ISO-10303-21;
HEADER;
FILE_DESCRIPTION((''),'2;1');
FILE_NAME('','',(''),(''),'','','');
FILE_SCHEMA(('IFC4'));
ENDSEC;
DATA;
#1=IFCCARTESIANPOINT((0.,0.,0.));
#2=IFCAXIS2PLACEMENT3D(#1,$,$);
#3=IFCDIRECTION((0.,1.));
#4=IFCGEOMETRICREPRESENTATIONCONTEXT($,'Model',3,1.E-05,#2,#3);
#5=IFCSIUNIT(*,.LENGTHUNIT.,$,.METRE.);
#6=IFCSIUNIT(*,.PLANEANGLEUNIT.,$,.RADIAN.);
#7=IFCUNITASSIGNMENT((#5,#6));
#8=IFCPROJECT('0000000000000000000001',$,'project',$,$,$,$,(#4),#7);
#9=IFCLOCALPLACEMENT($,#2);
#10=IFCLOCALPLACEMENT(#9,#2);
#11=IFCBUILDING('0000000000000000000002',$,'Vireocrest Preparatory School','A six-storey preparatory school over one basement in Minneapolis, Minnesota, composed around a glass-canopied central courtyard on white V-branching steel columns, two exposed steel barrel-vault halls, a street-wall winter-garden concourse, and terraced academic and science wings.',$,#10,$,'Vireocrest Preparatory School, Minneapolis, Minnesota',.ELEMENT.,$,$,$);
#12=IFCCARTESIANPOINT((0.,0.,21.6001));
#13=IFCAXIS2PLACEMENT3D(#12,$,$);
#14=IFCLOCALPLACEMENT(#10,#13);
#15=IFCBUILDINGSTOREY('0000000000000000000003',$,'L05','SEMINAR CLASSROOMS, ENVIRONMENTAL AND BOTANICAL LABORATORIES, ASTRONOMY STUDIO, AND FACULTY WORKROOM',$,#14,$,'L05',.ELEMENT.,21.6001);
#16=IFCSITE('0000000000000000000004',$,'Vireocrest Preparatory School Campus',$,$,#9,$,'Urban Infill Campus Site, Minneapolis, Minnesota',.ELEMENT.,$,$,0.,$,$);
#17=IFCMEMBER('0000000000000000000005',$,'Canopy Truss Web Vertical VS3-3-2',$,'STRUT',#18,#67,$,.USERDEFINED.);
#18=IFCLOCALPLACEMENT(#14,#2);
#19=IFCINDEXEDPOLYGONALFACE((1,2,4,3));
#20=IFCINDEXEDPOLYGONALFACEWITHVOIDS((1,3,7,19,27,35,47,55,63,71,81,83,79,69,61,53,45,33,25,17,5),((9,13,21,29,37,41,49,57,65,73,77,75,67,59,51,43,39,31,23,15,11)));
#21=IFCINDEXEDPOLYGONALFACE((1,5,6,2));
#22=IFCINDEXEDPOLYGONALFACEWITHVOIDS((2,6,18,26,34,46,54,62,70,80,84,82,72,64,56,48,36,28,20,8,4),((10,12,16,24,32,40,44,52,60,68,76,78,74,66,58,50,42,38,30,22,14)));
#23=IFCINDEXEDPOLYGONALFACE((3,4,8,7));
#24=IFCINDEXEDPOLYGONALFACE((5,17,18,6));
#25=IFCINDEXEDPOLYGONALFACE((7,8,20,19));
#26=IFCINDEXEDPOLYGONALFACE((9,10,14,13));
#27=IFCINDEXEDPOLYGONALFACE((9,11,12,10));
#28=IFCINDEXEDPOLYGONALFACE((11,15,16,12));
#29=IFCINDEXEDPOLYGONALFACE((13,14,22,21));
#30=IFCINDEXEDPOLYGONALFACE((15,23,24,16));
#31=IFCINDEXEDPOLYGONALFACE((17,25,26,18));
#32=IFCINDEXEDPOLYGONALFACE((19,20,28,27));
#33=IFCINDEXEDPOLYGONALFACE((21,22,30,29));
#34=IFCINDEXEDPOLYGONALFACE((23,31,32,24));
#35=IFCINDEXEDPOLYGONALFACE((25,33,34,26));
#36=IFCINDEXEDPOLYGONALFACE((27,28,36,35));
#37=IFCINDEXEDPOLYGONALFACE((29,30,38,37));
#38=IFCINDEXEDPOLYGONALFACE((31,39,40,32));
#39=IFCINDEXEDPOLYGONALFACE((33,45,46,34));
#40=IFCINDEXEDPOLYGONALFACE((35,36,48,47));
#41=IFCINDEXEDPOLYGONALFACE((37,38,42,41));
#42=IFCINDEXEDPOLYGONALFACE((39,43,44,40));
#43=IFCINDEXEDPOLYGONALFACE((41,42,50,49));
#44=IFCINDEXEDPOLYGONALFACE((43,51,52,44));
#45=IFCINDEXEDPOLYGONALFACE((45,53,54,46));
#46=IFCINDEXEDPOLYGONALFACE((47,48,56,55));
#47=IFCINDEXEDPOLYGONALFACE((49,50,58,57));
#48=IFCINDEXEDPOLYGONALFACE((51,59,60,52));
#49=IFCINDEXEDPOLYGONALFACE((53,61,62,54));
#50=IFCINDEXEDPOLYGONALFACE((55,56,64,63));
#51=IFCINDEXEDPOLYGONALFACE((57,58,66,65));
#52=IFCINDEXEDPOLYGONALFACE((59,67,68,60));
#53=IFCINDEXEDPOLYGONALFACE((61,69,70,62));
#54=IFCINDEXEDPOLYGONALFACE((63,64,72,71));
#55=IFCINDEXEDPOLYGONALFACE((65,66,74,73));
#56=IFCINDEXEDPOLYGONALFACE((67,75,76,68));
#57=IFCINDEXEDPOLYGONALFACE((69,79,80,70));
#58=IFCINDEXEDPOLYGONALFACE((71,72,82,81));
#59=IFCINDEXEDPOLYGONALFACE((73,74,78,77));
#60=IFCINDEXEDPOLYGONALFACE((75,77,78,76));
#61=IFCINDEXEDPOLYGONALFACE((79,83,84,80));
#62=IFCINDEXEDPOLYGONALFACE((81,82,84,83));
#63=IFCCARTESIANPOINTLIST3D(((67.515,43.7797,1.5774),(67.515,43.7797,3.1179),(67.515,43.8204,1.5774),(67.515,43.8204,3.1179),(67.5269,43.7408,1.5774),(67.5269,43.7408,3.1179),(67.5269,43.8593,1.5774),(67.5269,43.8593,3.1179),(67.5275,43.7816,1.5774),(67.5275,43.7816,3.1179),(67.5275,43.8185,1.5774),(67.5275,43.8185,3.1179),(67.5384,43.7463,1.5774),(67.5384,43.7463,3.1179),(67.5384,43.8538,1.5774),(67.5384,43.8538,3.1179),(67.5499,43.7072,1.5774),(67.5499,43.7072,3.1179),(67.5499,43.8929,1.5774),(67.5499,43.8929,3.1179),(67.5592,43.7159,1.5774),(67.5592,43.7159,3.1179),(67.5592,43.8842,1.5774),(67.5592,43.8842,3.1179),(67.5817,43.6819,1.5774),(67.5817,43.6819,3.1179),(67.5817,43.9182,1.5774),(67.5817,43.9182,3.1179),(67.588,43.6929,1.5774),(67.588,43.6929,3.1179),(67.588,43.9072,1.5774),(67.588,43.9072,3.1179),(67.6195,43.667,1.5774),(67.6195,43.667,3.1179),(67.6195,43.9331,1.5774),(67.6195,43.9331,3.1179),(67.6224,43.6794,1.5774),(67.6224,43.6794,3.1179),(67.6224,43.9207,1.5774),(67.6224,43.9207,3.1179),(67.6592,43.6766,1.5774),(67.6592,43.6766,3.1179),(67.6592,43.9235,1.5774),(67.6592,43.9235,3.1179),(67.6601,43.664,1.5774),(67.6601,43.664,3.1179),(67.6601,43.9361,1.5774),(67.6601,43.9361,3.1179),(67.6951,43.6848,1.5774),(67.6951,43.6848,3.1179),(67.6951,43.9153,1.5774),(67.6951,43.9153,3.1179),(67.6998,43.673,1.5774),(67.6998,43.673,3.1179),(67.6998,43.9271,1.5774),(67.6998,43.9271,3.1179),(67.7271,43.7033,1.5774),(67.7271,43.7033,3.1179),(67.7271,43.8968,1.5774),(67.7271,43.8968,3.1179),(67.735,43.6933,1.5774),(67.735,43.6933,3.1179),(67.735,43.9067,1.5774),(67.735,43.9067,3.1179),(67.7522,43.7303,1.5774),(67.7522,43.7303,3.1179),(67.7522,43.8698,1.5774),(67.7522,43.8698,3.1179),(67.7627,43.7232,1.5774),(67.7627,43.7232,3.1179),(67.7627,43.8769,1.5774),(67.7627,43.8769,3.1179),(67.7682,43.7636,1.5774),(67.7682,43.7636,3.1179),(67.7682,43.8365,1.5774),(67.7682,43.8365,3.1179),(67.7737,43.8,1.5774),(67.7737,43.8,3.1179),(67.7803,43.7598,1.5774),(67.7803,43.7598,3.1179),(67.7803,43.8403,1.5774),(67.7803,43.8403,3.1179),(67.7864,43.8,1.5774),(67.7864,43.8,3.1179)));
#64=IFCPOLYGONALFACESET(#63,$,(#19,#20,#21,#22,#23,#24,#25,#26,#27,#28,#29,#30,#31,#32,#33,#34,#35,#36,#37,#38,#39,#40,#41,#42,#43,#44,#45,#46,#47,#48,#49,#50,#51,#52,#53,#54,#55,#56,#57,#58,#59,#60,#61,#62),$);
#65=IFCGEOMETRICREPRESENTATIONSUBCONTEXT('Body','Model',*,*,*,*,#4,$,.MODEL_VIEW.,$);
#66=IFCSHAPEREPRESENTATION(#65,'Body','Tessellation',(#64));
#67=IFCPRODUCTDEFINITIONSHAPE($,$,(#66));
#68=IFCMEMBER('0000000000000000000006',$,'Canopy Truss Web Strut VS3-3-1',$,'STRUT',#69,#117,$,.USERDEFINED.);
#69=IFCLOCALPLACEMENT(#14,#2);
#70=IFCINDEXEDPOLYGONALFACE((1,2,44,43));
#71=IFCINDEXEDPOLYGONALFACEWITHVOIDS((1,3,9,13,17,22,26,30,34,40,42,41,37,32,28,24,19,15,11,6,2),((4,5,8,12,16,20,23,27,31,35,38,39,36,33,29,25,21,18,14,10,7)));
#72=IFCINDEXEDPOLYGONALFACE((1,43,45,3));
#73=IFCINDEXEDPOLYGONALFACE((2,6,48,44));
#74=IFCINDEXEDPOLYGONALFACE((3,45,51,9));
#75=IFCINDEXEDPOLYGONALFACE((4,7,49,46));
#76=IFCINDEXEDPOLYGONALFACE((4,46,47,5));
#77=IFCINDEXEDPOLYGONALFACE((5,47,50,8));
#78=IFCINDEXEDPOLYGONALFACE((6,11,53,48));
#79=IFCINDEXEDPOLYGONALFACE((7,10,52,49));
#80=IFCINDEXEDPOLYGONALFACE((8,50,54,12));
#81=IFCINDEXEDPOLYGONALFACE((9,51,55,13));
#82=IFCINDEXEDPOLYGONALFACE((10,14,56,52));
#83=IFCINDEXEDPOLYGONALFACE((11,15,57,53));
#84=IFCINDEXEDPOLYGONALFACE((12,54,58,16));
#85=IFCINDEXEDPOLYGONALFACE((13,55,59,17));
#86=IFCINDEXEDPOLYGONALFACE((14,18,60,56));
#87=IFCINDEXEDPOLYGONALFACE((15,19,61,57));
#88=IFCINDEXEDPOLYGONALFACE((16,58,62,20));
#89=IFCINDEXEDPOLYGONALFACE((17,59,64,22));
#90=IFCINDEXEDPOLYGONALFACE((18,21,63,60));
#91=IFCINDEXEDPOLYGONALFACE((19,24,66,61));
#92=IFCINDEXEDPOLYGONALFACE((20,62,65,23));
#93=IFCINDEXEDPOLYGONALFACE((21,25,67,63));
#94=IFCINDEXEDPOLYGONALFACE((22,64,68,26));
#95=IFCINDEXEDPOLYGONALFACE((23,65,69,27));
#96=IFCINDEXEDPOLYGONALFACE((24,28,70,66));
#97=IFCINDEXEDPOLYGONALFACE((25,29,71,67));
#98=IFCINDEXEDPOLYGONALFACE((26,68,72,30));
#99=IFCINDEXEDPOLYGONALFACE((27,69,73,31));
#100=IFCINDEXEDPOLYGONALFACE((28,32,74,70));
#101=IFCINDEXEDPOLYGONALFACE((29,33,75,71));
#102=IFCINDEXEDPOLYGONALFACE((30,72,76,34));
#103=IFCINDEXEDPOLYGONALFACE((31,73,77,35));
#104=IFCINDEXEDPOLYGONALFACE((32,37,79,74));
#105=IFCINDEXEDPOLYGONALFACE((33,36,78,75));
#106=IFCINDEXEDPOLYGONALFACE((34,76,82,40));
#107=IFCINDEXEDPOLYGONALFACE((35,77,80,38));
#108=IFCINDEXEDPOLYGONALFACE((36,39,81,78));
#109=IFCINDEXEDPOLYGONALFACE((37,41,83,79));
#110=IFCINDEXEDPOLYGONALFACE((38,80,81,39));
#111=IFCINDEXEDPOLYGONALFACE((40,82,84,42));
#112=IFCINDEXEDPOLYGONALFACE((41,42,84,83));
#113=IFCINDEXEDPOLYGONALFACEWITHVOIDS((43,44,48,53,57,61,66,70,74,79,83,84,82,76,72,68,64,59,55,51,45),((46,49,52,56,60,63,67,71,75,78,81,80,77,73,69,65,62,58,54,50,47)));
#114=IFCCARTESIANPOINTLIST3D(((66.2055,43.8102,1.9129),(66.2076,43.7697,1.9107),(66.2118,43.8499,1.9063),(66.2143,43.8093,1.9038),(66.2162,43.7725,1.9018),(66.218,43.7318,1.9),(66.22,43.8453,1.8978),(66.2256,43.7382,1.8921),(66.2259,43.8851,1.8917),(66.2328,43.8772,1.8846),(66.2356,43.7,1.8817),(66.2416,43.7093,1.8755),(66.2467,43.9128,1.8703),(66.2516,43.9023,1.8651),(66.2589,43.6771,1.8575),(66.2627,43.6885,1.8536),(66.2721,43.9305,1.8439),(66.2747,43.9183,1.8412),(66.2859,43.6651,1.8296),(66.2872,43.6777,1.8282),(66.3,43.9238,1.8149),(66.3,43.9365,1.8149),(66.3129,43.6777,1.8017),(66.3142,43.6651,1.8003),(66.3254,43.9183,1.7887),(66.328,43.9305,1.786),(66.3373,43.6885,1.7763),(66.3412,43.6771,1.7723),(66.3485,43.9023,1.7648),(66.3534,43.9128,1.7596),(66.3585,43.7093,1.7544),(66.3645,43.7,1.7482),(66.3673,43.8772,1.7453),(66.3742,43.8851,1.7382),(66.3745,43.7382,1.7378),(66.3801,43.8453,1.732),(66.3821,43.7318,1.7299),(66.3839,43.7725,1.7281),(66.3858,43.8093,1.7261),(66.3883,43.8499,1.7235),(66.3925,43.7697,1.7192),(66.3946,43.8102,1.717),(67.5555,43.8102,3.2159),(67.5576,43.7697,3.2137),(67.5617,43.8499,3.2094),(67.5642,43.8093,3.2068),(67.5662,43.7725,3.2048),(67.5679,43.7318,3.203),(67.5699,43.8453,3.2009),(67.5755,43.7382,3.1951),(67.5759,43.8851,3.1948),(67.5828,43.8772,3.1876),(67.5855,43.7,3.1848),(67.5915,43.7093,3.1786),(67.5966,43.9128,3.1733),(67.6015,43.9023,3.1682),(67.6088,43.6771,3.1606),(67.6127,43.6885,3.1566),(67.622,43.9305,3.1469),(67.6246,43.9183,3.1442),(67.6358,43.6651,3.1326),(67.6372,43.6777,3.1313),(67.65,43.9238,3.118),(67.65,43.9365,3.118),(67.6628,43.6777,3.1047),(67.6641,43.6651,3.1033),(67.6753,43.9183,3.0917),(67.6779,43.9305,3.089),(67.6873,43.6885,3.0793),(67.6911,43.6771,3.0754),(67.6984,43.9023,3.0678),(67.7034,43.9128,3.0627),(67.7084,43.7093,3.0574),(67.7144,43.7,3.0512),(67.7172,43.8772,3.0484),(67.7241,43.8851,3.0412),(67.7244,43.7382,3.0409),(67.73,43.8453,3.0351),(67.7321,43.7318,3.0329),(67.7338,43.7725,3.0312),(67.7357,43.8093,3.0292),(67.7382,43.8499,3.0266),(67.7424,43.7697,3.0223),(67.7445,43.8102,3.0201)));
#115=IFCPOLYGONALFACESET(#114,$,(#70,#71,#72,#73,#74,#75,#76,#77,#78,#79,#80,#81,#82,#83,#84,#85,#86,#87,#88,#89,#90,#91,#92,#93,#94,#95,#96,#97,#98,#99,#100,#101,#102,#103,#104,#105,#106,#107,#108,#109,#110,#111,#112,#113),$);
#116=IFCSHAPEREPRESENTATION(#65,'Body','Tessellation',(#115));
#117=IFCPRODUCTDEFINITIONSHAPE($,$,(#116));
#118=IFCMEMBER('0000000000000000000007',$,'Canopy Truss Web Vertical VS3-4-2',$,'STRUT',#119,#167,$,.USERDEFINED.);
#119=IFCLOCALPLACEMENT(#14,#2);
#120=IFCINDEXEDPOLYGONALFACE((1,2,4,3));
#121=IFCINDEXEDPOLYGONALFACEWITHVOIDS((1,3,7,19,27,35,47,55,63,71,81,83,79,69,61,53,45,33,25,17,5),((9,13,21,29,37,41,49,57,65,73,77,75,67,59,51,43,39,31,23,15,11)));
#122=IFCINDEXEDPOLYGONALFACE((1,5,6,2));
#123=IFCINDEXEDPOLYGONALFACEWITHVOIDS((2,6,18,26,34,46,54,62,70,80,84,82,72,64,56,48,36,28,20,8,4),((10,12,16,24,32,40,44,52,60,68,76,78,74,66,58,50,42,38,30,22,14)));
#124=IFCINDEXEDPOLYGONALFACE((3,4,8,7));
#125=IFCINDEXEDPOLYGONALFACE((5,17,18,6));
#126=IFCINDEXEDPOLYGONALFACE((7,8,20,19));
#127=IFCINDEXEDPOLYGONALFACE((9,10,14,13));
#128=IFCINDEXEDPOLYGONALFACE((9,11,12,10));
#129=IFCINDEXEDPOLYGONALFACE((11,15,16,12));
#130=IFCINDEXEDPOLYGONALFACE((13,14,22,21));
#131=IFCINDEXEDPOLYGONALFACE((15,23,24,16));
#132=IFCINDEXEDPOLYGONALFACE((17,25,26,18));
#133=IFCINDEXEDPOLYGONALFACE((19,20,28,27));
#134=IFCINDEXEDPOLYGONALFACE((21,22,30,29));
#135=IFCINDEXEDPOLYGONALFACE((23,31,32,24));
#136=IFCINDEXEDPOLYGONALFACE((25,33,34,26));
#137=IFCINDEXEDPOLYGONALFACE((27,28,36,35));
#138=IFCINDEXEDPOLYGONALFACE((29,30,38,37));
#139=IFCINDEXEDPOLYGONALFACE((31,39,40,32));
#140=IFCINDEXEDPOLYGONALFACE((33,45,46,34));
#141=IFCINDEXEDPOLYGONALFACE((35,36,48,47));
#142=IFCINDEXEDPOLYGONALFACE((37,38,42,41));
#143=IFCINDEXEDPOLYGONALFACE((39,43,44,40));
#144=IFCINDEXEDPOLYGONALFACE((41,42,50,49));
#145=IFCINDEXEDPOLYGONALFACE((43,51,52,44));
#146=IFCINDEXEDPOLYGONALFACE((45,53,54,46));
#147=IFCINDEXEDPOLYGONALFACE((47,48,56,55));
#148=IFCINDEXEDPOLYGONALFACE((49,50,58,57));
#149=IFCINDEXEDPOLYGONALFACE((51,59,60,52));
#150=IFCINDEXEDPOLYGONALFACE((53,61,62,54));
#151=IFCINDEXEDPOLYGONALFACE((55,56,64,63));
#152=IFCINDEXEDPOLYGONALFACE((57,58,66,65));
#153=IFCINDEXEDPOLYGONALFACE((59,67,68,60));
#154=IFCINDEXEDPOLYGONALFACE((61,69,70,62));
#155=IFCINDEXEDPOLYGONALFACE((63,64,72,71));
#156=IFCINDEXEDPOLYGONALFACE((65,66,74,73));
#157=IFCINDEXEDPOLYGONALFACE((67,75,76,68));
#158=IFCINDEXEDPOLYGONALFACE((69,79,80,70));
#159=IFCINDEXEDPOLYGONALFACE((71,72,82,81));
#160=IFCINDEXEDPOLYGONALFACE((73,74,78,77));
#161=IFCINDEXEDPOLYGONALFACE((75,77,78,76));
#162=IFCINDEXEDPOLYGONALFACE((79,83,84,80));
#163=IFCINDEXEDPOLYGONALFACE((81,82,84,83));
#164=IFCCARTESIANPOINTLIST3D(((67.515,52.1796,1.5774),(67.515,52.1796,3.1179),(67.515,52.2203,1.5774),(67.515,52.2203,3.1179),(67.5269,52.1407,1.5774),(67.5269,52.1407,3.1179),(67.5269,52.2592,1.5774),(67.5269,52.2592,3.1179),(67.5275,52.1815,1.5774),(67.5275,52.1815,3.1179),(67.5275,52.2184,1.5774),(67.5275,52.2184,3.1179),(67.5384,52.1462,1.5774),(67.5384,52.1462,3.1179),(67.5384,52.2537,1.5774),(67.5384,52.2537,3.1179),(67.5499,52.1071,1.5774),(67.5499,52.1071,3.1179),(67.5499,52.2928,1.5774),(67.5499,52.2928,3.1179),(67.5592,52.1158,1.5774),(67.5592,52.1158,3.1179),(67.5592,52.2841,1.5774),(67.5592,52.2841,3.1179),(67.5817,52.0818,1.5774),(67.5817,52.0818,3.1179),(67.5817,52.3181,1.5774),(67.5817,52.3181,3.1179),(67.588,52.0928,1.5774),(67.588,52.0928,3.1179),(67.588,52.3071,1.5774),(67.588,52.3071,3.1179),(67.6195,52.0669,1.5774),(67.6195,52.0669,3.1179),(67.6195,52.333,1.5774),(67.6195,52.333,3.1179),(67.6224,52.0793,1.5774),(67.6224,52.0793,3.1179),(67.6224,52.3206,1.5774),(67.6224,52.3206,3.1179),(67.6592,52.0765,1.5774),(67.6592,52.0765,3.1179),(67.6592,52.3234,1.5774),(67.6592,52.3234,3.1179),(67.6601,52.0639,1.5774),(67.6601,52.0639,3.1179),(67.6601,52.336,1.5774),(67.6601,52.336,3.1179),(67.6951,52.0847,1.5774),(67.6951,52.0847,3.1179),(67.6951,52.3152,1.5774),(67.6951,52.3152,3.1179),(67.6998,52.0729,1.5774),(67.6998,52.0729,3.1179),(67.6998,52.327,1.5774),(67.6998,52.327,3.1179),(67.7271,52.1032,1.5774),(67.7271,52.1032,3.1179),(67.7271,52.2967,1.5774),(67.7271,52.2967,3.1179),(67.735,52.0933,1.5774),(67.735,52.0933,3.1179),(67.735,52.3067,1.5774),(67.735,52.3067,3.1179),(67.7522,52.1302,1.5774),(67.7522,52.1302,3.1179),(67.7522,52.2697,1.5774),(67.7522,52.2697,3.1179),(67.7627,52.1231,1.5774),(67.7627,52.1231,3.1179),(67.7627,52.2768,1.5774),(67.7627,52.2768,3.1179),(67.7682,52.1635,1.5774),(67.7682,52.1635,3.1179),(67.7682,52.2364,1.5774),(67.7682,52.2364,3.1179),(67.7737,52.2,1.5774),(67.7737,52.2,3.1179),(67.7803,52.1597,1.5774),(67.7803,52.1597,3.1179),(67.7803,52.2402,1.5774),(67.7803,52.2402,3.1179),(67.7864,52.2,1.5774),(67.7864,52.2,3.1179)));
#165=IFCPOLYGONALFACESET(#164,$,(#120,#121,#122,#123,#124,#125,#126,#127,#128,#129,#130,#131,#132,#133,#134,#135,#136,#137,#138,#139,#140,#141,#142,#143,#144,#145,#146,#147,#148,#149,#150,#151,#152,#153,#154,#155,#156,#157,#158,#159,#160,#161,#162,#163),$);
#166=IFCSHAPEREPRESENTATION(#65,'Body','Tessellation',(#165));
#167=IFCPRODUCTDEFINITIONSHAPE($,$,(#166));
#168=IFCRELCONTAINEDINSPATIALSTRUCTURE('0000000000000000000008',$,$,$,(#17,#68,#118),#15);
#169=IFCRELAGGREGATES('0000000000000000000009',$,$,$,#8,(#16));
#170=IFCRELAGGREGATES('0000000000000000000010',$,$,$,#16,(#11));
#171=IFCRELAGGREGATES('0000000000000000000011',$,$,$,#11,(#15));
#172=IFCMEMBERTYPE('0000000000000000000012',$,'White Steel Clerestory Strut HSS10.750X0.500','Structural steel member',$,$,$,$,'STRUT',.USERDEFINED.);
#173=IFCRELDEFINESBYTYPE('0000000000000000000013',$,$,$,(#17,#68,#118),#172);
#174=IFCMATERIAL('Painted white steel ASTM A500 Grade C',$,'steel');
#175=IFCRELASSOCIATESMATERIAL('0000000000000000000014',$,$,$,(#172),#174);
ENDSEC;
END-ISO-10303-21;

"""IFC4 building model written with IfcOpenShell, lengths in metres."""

from ifc_helpers import new_model, si_unit, direction, frame, origin, origin_2d, place, context, subcontext, project, spatial, hollow_circle, extrude, material, material_profile, profile_set, type_object, element, save


model = new_model("IFC4")

# Units and contexts
model_context = context("Model", 3, precision=1e-05, world=origin(), true_north=direction((0.0, 1.0)))
body_context = subcontext(model_context, "Body", "Model", "MODEL_VIEW")
ifc_project = project(units=[si_unit("LENGTHUNIT", "METRE"), si_unit("PLANEANGLEUNIT", "RADIAN")], contexts=[model_context])

# Site, building, storey
site_placement = place(None, origin())
site = spatial("IfcSite", under=ifc_project, at=site_placement, Name="Vireocrest Preparatory School Campus", LongName="Urban Infill Campus Site, Minneapolis, Minnesota", CompositionType="ELEMENT", RefElevation=0.0)
building_placement = place(site_placement, origin())
building = spatial("IfcBuilding", under=site, at=building_placement, Name="Vireocrest Preparatory School", Description="A six-storey preparatory school over one basement in Minneapolis, Minnesota, composed around a glass-canopied central courtyard on white V-branching steel columns, two exposed steel barrel-vault halls, a street-wall winter-garden concourse, and terraced academic and science wings.", LongName="Vireocrest Preparatory School, Minneapolis, Minnesota", CompositionType="ELEMENT")
storey_placement = place(building_placement, frame((0.0, 0.0, 21.6001)))
storey = spatial("IfcBuildingStorey", under=building, at=storey_placement, Name="L05", Description="SEMINAR CLASSROOMS, ENVIRONMENTAL AND BOTANICAL LABORATORIES, ASTRONOMY STUDIO, AND FACULTY WORKROOM", LongName="L05", CompositionType="ELEMENT", Elevation=21.6001)

# Shared definitions
ifc_material_1 = material(Name="Painted white steel ASTM A500 Grade C", Category="steel")

# Members
ifc_material_profile_1 = material_profile(ifc_material_1, hollow_circle(Radius=0.1365, WallThickness=0.0127, at=origin_2d()), Name="HSS10.750X0.500")
ifc_profile_set_1 = profile_set([ifc_material_profile_1], Name="Painted white steel ASTM A500 Grade C")
member_type_1 = type_object("IfcMemberType", Name="White Steel Clerestory Strut HSS10.750X0.500", Description="Structural steel member", ElementType="STRUT", PredefinedType="USERDEFINED", material=ifc_profile_set_1)
member_1_placement = place(storey_placement, frame((67.6499, 43.8, 1.5774), z_axis=(0.0, 0.0, 1.0), x_axis=(1.0, 0.0, 0.0)))
element("IfcMember", 1, at=member_1_placement, inside=storey, type_object=member_type_1, Name="Canopy Truss Web Vertical VS3-3-2", ObjectType="STRUT", PredefinedType="USERDEFINED", context=body_context, shape_type="SweptSolid", body=[
    extrude(hollow_circle(Radius=0.1365, WallThickness=0.0127, at=origin_2d()), origin(), (0.0, 0.0, 1.0), 1.5405),
])
member_2_placement = place(storey_placement, frame((66.3, 43.8, 1.8149), z_axis=(0.719489, 0.0, 0.694504), x_axis=(0.0, 1.0, 0.0)))
element("IfcMember", 2, at=member_2_placement, inside=storey, type_object=member_type_1, Name="Canopy Truss Web Strut VS3-3-1", ObjectType="STRUT", PredefinedType="USERDEFINED", context=body_context, shape_type="SweptSolid", body=[
    extrude(hollow_circle(Radius=0.1365, WallThickness=0.0127, at=origin_2d()), origin(), (0.0, 0.0, 1.0), 1.8762),
])
member_3_placement = place(storey_placement, frame((67.6499, 52.2, 1.5774), z_axis=(0.0, 0.0, 1.0), x_axis=(1.0, 0.0, 0.0)))
element("IfcMember", 3, at=member_3_placement, inside=storey, type_object=member_type_1, Name="Canopy Truss Web Vertical VS3-4-2", ObjectType="STRUT", PredefinedType="USERDEFINED", context=body_context, shape_type="SweptSolid", body=[
    extrude(hollow_circle(Radius=0.1365, WallThickness=0.0127, at=origin_2d()), origin(), (0.0, 0.0, 1.0), 1.5405),
])

save(model, "model.ifc")
